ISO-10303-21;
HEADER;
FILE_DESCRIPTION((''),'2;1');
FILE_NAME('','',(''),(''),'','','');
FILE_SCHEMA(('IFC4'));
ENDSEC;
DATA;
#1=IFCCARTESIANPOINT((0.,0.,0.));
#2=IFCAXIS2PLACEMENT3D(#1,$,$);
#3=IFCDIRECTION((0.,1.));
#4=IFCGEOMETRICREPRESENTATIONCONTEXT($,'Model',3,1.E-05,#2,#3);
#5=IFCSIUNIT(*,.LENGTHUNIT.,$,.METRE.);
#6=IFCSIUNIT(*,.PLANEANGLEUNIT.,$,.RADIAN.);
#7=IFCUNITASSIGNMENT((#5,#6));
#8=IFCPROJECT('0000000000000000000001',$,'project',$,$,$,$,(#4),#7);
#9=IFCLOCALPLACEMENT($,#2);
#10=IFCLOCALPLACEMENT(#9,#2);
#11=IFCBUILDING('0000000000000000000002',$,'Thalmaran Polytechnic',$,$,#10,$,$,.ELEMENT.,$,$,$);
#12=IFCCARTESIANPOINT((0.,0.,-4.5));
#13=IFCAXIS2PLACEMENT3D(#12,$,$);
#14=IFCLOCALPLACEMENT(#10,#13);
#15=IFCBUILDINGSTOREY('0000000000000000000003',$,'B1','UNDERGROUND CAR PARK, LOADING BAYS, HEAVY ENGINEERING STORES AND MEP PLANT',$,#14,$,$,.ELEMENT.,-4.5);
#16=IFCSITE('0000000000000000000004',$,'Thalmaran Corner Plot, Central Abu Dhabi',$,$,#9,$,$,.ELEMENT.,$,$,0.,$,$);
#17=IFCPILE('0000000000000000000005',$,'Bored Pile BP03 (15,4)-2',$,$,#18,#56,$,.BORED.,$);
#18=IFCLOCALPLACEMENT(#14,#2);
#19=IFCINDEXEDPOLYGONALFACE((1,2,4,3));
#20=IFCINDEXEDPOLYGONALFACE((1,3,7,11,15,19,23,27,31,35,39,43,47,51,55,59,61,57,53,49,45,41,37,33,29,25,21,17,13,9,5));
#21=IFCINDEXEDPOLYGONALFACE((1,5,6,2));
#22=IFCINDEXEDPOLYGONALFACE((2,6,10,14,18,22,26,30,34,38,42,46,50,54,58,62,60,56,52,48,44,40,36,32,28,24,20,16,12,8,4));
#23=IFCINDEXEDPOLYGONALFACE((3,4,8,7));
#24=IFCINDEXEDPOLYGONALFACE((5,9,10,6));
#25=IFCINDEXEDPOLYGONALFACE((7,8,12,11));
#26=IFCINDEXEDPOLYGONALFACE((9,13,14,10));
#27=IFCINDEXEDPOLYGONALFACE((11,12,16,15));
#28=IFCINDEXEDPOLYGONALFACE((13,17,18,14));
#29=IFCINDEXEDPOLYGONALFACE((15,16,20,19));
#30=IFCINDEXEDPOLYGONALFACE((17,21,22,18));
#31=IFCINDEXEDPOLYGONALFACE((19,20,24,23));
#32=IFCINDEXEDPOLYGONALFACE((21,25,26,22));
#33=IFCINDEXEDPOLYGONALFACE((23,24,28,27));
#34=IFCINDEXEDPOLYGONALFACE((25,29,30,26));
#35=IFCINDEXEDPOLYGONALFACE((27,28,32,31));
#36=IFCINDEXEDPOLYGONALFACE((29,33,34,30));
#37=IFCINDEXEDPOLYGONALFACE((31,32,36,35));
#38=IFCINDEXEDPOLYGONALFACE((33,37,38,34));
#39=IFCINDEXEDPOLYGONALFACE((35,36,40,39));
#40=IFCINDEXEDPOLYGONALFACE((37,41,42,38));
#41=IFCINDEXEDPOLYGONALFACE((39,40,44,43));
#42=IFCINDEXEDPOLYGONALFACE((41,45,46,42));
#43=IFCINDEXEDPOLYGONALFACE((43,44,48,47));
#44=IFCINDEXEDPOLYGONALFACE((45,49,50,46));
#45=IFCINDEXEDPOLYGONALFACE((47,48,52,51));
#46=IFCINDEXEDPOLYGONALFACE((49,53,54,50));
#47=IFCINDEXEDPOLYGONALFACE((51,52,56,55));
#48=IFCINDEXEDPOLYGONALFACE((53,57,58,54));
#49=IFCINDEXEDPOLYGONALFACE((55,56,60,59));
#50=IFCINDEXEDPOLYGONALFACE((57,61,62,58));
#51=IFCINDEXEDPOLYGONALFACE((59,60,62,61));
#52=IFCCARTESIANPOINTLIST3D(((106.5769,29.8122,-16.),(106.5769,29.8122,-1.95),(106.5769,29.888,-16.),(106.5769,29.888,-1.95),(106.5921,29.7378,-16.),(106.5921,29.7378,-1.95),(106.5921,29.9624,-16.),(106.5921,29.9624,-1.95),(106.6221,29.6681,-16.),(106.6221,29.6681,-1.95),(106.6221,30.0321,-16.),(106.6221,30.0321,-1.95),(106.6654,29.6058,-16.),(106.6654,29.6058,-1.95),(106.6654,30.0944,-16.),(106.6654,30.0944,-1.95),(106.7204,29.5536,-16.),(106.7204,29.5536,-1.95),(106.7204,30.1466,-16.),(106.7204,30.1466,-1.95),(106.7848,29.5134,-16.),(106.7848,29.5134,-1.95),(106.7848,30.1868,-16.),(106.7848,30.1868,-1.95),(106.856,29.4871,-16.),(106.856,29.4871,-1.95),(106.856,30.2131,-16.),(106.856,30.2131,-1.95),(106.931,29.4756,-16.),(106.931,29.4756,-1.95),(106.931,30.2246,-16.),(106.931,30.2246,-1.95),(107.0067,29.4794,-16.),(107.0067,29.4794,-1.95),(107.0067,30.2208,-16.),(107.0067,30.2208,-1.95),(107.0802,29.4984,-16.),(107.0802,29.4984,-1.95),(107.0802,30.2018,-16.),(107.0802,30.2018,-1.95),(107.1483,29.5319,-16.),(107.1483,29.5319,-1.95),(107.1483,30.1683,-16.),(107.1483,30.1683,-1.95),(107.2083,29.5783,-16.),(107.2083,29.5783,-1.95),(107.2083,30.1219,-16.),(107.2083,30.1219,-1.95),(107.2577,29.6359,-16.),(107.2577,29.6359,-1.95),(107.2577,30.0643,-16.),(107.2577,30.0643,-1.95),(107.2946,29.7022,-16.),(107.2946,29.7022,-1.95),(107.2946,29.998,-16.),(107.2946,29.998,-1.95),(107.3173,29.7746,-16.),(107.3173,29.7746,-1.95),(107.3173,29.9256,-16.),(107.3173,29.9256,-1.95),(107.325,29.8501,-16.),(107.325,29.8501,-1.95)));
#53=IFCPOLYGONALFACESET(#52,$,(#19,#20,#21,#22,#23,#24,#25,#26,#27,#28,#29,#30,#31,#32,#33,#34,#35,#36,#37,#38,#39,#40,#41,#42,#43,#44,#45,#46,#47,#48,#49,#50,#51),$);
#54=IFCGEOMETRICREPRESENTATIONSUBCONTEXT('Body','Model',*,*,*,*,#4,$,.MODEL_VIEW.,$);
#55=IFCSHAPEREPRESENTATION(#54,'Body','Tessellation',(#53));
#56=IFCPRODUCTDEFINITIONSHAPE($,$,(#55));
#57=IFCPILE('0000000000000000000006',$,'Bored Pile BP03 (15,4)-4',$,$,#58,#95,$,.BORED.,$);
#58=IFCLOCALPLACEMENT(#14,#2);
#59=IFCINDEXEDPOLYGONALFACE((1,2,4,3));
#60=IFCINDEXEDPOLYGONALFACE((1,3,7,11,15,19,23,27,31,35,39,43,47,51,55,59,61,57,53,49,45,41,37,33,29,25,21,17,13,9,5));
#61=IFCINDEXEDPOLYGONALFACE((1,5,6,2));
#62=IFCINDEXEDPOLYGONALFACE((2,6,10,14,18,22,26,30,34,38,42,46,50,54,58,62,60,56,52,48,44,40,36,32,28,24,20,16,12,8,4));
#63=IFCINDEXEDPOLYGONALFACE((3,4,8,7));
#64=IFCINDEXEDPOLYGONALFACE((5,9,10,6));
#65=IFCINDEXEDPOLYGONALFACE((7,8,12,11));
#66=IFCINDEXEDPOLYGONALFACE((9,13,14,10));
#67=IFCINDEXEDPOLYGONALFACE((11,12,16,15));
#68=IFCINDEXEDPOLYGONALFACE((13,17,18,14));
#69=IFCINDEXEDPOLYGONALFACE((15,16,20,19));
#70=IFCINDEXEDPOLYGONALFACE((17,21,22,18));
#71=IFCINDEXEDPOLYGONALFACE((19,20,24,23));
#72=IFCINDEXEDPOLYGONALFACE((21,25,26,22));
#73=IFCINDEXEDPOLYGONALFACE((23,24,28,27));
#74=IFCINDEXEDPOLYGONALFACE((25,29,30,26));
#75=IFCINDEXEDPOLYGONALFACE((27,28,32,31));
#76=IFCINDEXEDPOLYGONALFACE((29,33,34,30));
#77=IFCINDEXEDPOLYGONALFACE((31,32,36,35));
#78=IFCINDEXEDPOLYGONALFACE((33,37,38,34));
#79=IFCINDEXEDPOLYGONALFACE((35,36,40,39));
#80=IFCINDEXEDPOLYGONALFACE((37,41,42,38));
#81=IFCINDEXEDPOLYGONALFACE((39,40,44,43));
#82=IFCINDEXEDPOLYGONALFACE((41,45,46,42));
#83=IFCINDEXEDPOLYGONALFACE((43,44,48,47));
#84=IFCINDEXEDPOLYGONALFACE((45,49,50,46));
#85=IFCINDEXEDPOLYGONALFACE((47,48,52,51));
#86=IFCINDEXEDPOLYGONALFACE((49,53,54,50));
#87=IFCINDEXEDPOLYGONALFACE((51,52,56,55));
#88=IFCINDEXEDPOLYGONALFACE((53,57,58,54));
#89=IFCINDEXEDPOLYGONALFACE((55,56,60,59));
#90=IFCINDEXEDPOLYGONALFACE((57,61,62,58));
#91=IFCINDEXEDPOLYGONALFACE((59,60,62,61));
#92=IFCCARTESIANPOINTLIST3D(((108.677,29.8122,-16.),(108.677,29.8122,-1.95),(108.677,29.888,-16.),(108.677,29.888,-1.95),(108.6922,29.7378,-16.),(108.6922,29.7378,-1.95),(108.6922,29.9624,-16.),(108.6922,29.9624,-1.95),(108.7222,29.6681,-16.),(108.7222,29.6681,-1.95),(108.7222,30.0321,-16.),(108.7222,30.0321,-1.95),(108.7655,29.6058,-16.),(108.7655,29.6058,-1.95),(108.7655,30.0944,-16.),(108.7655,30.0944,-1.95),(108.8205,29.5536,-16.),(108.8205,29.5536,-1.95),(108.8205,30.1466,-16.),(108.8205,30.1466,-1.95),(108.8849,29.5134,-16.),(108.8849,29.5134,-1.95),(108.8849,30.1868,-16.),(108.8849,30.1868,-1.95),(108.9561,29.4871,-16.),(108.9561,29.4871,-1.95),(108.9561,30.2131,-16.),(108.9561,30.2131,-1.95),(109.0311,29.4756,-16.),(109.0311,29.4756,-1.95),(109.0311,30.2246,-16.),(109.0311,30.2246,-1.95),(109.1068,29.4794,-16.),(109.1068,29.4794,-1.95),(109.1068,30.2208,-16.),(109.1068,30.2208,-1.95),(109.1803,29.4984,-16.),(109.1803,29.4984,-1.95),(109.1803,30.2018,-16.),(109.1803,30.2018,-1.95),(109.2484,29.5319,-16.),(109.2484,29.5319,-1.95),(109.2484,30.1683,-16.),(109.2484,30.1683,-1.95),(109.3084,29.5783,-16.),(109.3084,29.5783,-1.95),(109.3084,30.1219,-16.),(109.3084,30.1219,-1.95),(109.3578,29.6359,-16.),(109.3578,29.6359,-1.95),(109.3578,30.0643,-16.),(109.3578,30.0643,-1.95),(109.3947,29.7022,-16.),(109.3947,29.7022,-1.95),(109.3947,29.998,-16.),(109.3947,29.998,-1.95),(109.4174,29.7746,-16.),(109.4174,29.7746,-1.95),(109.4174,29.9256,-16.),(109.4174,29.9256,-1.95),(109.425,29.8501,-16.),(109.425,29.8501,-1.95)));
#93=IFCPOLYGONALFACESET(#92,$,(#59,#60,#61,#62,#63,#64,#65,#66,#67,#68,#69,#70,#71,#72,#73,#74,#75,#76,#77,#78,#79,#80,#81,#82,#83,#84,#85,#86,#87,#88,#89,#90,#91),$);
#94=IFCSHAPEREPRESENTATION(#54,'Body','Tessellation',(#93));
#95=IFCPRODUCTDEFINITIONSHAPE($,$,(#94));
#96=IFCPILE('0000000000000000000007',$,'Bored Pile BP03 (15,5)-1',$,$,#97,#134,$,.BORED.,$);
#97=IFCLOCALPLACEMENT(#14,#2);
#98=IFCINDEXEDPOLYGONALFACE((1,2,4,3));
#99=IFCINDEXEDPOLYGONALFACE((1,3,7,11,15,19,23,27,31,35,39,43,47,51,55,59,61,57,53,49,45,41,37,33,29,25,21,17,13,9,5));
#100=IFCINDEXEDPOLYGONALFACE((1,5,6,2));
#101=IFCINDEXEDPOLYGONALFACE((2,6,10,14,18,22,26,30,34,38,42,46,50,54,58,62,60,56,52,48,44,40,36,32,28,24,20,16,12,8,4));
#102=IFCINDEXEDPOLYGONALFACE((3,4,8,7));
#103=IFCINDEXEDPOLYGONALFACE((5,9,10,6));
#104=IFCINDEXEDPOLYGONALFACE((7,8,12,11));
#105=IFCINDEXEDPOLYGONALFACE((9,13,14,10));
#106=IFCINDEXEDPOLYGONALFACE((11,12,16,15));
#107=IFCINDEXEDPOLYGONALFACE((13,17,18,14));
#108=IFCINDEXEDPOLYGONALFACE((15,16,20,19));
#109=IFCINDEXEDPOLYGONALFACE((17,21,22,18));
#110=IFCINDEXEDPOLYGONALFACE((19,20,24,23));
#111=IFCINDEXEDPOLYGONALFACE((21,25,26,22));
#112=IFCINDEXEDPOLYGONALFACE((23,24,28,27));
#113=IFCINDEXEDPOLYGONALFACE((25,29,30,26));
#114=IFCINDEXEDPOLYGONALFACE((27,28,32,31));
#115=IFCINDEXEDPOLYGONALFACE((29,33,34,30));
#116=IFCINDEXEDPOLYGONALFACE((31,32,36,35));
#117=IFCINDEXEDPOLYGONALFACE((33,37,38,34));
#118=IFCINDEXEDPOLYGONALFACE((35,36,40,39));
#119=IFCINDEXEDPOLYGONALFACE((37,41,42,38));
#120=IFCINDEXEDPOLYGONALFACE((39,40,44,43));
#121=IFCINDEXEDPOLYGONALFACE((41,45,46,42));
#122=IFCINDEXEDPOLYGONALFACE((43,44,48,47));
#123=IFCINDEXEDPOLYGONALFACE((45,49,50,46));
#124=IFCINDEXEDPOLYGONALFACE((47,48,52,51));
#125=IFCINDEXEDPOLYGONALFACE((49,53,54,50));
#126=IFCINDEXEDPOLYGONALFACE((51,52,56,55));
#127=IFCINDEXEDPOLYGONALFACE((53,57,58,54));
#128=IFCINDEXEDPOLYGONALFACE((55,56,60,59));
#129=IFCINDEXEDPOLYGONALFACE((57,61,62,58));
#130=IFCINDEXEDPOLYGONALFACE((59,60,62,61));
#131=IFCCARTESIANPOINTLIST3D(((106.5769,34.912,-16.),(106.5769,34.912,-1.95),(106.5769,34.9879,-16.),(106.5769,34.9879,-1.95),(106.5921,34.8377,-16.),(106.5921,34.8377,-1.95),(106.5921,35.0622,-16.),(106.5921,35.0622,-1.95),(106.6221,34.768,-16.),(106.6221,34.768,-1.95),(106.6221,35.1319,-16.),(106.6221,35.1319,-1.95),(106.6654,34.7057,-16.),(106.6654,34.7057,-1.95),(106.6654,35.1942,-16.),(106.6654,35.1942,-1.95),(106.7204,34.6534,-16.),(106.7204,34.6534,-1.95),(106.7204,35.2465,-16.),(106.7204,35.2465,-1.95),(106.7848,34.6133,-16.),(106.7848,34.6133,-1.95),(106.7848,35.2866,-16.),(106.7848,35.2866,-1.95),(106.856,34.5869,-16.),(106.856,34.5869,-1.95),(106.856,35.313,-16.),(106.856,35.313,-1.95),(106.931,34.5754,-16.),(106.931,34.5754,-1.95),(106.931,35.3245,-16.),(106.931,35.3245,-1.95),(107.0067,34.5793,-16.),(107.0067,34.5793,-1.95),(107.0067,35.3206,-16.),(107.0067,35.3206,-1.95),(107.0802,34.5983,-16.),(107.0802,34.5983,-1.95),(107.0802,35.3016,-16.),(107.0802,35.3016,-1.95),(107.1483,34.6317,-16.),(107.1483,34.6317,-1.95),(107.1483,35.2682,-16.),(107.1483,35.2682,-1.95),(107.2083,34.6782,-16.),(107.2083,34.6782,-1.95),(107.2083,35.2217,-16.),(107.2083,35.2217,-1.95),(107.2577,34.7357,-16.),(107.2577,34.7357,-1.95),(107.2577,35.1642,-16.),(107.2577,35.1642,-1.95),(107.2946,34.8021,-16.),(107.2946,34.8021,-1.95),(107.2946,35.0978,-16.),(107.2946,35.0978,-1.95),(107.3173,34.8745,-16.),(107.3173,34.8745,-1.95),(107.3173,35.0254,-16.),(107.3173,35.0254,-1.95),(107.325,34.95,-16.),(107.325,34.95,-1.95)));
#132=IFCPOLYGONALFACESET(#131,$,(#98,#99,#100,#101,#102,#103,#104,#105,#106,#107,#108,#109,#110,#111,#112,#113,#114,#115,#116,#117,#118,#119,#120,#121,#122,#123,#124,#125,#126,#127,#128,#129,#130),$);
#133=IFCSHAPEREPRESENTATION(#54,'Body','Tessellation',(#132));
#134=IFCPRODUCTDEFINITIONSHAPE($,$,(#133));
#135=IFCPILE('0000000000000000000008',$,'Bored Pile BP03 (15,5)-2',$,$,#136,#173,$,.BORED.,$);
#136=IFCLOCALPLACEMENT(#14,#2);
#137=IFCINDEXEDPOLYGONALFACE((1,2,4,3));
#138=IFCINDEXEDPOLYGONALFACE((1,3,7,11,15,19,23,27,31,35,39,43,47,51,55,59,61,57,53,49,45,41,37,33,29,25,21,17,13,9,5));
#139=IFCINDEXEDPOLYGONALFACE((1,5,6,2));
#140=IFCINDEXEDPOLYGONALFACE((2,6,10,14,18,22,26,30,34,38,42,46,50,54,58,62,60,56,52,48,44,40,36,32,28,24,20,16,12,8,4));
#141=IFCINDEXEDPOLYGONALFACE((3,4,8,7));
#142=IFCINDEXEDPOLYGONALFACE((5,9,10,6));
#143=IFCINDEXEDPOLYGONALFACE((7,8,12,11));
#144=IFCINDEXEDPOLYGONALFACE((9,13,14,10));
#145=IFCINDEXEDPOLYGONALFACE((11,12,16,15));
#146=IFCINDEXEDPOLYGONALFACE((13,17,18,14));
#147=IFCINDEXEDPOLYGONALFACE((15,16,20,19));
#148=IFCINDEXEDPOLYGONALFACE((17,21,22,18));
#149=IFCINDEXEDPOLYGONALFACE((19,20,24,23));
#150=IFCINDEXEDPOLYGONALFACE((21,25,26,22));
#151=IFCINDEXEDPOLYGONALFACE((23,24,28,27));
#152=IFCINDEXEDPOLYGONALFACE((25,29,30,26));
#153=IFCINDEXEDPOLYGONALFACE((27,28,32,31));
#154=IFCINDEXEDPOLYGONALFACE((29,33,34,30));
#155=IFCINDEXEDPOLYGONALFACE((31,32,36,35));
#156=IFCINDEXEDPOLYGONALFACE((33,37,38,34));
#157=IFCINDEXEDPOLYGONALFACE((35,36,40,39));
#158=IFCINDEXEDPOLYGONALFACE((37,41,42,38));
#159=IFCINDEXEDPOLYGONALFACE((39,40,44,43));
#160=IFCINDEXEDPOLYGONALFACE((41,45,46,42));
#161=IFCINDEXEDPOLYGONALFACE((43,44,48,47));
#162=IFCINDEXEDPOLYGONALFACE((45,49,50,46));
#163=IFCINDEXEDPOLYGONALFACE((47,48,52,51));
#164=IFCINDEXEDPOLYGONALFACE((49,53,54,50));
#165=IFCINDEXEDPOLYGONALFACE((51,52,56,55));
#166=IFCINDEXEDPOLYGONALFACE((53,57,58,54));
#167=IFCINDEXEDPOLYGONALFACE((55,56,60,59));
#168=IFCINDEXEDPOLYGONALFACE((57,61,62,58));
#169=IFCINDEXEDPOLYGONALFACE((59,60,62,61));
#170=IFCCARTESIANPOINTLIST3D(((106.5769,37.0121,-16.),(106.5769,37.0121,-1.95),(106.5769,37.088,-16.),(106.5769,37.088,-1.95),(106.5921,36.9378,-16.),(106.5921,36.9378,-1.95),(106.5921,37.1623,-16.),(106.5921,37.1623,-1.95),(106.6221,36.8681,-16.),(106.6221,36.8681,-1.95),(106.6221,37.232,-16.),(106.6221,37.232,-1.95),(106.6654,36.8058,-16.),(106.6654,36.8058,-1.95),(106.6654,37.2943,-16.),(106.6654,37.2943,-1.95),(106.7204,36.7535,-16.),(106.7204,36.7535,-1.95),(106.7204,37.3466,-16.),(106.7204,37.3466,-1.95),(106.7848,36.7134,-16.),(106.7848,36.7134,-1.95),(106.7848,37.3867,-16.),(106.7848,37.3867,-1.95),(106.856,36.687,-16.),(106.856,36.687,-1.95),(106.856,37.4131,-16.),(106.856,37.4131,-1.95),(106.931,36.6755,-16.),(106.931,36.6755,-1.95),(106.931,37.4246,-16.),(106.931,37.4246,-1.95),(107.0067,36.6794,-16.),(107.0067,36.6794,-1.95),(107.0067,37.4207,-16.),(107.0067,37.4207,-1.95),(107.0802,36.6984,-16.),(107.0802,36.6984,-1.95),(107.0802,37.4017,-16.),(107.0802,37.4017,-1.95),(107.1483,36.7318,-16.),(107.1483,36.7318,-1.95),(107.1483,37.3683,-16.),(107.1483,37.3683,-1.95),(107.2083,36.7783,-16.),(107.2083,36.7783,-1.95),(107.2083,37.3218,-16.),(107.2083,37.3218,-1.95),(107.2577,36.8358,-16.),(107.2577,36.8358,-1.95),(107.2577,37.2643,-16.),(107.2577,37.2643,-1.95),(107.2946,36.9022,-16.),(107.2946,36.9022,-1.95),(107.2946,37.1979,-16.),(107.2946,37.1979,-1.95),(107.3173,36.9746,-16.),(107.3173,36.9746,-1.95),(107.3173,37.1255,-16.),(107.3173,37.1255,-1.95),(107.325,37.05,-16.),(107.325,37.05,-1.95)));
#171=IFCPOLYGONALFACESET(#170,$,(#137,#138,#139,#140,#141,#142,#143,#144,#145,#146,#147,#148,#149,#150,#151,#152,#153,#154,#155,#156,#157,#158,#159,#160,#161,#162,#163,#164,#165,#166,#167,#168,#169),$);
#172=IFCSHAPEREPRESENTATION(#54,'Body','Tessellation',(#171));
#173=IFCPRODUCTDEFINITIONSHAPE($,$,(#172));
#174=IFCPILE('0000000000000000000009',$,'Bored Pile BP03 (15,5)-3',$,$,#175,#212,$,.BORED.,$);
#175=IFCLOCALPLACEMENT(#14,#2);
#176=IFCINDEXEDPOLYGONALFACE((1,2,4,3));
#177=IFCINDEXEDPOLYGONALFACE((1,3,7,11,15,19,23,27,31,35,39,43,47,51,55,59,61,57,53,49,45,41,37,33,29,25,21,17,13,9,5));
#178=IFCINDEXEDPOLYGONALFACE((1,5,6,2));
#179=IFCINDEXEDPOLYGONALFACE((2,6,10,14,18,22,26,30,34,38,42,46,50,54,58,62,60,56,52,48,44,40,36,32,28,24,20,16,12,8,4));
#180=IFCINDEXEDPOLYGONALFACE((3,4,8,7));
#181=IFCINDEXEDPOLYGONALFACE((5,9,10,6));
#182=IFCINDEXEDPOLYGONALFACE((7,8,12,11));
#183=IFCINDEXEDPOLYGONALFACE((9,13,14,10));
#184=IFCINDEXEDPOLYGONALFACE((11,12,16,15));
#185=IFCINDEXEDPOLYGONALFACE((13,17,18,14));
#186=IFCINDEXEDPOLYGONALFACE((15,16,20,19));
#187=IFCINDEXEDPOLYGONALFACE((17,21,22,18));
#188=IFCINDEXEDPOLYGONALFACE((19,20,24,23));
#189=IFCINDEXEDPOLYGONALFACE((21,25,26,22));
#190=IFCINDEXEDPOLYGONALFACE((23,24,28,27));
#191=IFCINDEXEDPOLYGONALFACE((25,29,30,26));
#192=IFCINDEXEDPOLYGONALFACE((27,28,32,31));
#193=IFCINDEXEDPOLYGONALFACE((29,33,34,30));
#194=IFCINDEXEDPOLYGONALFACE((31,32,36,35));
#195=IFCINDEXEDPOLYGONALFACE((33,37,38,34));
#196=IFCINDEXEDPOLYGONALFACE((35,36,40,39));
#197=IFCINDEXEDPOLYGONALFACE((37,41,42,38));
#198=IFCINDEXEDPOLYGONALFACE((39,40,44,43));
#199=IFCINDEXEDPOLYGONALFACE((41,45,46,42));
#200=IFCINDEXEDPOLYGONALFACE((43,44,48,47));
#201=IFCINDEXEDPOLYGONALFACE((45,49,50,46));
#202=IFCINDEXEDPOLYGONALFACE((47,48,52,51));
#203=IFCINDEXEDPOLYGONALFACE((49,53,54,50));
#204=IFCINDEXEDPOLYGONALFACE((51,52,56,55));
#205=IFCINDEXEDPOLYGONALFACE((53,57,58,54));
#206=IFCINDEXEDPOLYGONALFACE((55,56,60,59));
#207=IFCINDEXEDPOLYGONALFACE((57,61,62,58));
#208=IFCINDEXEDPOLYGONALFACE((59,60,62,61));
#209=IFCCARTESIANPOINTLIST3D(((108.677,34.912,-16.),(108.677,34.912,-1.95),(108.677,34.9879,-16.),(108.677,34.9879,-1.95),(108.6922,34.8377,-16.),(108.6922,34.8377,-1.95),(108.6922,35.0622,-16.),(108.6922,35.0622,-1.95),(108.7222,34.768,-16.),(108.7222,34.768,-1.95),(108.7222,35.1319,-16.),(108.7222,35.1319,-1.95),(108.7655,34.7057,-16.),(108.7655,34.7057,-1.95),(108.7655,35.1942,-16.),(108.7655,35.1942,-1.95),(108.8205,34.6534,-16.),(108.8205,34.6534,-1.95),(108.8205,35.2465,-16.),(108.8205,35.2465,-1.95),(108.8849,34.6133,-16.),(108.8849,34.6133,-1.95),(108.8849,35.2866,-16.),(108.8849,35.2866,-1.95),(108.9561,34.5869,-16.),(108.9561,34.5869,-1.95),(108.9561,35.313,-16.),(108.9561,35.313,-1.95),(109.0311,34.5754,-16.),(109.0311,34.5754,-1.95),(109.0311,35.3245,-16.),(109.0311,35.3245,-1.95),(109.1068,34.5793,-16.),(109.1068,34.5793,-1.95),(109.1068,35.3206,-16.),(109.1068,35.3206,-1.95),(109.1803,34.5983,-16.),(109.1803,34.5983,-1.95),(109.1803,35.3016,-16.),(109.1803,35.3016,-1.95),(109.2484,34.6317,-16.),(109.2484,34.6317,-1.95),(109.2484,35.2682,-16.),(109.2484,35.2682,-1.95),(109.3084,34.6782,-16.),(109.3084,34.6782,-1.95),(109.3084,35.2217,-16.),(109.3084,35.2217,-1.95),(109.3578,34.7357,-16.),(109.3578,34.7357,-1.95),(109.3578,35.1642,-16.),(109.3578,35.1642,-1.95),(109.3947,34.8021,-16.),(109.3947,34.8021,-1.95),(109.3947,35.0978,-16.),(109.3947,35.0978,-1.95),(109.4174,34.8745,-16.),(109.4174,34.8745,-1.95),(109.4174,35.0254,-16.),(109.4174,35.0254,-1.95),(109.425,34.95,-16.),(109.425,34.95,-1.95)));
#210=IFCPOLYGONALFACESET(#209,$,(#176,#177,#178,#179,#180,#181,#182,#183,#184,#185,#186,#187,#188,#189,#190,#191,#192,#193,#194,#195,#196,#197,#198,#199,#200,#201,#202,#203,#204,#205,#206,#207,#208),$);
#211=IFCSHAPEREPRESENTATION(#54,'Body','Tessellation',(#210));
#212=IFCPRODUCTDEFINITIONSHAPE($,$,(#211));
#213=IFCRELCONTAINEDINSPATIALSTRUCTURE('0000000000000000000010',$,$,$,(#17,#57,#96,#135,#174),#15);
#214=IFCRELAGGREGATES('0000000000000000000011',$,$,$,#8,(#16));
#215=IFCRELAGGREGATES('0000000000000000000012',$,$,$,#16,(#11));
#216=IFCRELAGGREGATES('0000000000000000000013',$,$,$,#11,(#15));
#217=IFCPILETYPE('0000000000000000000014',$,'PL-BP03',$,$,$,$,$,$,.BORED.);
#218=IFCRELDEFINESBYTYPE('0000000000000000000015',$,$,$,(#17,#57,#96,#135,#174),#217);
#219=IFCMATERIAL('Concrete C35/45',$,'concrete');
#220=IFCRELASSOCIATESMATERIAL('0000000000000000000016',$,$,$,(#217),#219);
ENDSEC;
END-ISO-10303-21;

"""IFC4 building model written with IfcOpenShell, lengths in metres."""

from ifc_helpers import new_model, si_unit, direction, frame, origin, origin_2d, place, context, subcontext, project, spatial, circle, extrude, material, material_profile, profile_set, type_object, element, save


model = new_model("IFC4")

# Units and contexts
model_context = context("Model", 3, precision=1e-05, world=origin(), true_north=direction((0.0, 1.0)))
body_context = subcontext(model_context, "Body", "Model", "MODEL_VIEW")
ifc_project = project(units=[si_unit("LENGTHUNIT", "METRE"), si_unit("PLANEANGLEUNIT", "RADIAN")], contexts=[model_context])

# Site, building, storey
site_placement = place(None, origin())
site = spatial("IfcSite", under=ifc_project, at=site_placement, Name="Thalmaran Corner Plot, Central Abu Dhabi", CompositionType="ELEMENT", RefElevation=0.0)
building_placement = place(site_placement, origin())
building = spatial("IfcBuilding", under=site, at=building_placement, Name="Thalmaran Polytechnic", CompositionType="ELEMENT")
storey_placement = place(building_placement, frame((0.0, 0.0, -4.5)))
storey = spatial("IfcBuildingStorey", under=building, at=storey_placement, Name="B1", Description="UNDERGROUND CAR PARK, LOADING BAYS, HEAVY ENGINEERING STORES AND MEP PLANT", CompositionType="ELEMENT", Elevation=-4.5)

# Piles
ifc_material_1 = material(Name="Concrete C35/45", Category="concrete")
ifc_material_profile_1 = material_profile(ifc_material_1, circle(Radius=0.375, at=origin_2d()), Name="RC 750 DIA")
ifc_profile_set_1 = profile_set([ifc_material_profile_1], Name="Concrete C35/45")
pile_type = type_object("IfcPileType", Name="PL-BP03", PredefinedType="BORED", material=ifc_profile_set_1)
for number, where, z_axis, x_axis, name in (
    (1, (106.95, 29.8501, -1.95), (0.0, 0.0, -1.0), (1.0, 0.0, 0.0), "Bored Pile BP03 (15,4)-2"),
    (2, (109.05, 29.8501, -1.95), (0.0, 0.0, -1.0), (1.0, 0.0, 0.0), "Bored Pile BP03 (15,4)-4"),
    (3, (106.95, 34.95, -1.95), (0.0, 0.0, -1.0), (1.0, 0.0, 0.0), "Bored Pile BP03 (15,5)-1"),
    (4, (106.95, 37.05, -1.95), (0.0, 0.0, -1.0), (1.0, 0.0, 0.0), "Bored Pile BP03 (15,5)-2"),
    (5, (109.05, 34.95, -1.95), (0.0, 0.0, -1.0), (1.0, 0.0, 0.0), "Bored Pile BP03 (15,5)-3"),
):
    element("IfcPile", number, at=place(storey_placement, frame(where, z_axis=z_axis, x_axis=x_axis)), inside=storey, type_object=pile_type, Name=name, PredefinedType="BORED", context=body_context, shape_type="SweptSolid", body=[
        extrude(circle(Radius=0.375, at=origin_2d()), origin(), (0.0, 0.0, 1.0), 14.05),
    ])

save(model, "model.ifc")
